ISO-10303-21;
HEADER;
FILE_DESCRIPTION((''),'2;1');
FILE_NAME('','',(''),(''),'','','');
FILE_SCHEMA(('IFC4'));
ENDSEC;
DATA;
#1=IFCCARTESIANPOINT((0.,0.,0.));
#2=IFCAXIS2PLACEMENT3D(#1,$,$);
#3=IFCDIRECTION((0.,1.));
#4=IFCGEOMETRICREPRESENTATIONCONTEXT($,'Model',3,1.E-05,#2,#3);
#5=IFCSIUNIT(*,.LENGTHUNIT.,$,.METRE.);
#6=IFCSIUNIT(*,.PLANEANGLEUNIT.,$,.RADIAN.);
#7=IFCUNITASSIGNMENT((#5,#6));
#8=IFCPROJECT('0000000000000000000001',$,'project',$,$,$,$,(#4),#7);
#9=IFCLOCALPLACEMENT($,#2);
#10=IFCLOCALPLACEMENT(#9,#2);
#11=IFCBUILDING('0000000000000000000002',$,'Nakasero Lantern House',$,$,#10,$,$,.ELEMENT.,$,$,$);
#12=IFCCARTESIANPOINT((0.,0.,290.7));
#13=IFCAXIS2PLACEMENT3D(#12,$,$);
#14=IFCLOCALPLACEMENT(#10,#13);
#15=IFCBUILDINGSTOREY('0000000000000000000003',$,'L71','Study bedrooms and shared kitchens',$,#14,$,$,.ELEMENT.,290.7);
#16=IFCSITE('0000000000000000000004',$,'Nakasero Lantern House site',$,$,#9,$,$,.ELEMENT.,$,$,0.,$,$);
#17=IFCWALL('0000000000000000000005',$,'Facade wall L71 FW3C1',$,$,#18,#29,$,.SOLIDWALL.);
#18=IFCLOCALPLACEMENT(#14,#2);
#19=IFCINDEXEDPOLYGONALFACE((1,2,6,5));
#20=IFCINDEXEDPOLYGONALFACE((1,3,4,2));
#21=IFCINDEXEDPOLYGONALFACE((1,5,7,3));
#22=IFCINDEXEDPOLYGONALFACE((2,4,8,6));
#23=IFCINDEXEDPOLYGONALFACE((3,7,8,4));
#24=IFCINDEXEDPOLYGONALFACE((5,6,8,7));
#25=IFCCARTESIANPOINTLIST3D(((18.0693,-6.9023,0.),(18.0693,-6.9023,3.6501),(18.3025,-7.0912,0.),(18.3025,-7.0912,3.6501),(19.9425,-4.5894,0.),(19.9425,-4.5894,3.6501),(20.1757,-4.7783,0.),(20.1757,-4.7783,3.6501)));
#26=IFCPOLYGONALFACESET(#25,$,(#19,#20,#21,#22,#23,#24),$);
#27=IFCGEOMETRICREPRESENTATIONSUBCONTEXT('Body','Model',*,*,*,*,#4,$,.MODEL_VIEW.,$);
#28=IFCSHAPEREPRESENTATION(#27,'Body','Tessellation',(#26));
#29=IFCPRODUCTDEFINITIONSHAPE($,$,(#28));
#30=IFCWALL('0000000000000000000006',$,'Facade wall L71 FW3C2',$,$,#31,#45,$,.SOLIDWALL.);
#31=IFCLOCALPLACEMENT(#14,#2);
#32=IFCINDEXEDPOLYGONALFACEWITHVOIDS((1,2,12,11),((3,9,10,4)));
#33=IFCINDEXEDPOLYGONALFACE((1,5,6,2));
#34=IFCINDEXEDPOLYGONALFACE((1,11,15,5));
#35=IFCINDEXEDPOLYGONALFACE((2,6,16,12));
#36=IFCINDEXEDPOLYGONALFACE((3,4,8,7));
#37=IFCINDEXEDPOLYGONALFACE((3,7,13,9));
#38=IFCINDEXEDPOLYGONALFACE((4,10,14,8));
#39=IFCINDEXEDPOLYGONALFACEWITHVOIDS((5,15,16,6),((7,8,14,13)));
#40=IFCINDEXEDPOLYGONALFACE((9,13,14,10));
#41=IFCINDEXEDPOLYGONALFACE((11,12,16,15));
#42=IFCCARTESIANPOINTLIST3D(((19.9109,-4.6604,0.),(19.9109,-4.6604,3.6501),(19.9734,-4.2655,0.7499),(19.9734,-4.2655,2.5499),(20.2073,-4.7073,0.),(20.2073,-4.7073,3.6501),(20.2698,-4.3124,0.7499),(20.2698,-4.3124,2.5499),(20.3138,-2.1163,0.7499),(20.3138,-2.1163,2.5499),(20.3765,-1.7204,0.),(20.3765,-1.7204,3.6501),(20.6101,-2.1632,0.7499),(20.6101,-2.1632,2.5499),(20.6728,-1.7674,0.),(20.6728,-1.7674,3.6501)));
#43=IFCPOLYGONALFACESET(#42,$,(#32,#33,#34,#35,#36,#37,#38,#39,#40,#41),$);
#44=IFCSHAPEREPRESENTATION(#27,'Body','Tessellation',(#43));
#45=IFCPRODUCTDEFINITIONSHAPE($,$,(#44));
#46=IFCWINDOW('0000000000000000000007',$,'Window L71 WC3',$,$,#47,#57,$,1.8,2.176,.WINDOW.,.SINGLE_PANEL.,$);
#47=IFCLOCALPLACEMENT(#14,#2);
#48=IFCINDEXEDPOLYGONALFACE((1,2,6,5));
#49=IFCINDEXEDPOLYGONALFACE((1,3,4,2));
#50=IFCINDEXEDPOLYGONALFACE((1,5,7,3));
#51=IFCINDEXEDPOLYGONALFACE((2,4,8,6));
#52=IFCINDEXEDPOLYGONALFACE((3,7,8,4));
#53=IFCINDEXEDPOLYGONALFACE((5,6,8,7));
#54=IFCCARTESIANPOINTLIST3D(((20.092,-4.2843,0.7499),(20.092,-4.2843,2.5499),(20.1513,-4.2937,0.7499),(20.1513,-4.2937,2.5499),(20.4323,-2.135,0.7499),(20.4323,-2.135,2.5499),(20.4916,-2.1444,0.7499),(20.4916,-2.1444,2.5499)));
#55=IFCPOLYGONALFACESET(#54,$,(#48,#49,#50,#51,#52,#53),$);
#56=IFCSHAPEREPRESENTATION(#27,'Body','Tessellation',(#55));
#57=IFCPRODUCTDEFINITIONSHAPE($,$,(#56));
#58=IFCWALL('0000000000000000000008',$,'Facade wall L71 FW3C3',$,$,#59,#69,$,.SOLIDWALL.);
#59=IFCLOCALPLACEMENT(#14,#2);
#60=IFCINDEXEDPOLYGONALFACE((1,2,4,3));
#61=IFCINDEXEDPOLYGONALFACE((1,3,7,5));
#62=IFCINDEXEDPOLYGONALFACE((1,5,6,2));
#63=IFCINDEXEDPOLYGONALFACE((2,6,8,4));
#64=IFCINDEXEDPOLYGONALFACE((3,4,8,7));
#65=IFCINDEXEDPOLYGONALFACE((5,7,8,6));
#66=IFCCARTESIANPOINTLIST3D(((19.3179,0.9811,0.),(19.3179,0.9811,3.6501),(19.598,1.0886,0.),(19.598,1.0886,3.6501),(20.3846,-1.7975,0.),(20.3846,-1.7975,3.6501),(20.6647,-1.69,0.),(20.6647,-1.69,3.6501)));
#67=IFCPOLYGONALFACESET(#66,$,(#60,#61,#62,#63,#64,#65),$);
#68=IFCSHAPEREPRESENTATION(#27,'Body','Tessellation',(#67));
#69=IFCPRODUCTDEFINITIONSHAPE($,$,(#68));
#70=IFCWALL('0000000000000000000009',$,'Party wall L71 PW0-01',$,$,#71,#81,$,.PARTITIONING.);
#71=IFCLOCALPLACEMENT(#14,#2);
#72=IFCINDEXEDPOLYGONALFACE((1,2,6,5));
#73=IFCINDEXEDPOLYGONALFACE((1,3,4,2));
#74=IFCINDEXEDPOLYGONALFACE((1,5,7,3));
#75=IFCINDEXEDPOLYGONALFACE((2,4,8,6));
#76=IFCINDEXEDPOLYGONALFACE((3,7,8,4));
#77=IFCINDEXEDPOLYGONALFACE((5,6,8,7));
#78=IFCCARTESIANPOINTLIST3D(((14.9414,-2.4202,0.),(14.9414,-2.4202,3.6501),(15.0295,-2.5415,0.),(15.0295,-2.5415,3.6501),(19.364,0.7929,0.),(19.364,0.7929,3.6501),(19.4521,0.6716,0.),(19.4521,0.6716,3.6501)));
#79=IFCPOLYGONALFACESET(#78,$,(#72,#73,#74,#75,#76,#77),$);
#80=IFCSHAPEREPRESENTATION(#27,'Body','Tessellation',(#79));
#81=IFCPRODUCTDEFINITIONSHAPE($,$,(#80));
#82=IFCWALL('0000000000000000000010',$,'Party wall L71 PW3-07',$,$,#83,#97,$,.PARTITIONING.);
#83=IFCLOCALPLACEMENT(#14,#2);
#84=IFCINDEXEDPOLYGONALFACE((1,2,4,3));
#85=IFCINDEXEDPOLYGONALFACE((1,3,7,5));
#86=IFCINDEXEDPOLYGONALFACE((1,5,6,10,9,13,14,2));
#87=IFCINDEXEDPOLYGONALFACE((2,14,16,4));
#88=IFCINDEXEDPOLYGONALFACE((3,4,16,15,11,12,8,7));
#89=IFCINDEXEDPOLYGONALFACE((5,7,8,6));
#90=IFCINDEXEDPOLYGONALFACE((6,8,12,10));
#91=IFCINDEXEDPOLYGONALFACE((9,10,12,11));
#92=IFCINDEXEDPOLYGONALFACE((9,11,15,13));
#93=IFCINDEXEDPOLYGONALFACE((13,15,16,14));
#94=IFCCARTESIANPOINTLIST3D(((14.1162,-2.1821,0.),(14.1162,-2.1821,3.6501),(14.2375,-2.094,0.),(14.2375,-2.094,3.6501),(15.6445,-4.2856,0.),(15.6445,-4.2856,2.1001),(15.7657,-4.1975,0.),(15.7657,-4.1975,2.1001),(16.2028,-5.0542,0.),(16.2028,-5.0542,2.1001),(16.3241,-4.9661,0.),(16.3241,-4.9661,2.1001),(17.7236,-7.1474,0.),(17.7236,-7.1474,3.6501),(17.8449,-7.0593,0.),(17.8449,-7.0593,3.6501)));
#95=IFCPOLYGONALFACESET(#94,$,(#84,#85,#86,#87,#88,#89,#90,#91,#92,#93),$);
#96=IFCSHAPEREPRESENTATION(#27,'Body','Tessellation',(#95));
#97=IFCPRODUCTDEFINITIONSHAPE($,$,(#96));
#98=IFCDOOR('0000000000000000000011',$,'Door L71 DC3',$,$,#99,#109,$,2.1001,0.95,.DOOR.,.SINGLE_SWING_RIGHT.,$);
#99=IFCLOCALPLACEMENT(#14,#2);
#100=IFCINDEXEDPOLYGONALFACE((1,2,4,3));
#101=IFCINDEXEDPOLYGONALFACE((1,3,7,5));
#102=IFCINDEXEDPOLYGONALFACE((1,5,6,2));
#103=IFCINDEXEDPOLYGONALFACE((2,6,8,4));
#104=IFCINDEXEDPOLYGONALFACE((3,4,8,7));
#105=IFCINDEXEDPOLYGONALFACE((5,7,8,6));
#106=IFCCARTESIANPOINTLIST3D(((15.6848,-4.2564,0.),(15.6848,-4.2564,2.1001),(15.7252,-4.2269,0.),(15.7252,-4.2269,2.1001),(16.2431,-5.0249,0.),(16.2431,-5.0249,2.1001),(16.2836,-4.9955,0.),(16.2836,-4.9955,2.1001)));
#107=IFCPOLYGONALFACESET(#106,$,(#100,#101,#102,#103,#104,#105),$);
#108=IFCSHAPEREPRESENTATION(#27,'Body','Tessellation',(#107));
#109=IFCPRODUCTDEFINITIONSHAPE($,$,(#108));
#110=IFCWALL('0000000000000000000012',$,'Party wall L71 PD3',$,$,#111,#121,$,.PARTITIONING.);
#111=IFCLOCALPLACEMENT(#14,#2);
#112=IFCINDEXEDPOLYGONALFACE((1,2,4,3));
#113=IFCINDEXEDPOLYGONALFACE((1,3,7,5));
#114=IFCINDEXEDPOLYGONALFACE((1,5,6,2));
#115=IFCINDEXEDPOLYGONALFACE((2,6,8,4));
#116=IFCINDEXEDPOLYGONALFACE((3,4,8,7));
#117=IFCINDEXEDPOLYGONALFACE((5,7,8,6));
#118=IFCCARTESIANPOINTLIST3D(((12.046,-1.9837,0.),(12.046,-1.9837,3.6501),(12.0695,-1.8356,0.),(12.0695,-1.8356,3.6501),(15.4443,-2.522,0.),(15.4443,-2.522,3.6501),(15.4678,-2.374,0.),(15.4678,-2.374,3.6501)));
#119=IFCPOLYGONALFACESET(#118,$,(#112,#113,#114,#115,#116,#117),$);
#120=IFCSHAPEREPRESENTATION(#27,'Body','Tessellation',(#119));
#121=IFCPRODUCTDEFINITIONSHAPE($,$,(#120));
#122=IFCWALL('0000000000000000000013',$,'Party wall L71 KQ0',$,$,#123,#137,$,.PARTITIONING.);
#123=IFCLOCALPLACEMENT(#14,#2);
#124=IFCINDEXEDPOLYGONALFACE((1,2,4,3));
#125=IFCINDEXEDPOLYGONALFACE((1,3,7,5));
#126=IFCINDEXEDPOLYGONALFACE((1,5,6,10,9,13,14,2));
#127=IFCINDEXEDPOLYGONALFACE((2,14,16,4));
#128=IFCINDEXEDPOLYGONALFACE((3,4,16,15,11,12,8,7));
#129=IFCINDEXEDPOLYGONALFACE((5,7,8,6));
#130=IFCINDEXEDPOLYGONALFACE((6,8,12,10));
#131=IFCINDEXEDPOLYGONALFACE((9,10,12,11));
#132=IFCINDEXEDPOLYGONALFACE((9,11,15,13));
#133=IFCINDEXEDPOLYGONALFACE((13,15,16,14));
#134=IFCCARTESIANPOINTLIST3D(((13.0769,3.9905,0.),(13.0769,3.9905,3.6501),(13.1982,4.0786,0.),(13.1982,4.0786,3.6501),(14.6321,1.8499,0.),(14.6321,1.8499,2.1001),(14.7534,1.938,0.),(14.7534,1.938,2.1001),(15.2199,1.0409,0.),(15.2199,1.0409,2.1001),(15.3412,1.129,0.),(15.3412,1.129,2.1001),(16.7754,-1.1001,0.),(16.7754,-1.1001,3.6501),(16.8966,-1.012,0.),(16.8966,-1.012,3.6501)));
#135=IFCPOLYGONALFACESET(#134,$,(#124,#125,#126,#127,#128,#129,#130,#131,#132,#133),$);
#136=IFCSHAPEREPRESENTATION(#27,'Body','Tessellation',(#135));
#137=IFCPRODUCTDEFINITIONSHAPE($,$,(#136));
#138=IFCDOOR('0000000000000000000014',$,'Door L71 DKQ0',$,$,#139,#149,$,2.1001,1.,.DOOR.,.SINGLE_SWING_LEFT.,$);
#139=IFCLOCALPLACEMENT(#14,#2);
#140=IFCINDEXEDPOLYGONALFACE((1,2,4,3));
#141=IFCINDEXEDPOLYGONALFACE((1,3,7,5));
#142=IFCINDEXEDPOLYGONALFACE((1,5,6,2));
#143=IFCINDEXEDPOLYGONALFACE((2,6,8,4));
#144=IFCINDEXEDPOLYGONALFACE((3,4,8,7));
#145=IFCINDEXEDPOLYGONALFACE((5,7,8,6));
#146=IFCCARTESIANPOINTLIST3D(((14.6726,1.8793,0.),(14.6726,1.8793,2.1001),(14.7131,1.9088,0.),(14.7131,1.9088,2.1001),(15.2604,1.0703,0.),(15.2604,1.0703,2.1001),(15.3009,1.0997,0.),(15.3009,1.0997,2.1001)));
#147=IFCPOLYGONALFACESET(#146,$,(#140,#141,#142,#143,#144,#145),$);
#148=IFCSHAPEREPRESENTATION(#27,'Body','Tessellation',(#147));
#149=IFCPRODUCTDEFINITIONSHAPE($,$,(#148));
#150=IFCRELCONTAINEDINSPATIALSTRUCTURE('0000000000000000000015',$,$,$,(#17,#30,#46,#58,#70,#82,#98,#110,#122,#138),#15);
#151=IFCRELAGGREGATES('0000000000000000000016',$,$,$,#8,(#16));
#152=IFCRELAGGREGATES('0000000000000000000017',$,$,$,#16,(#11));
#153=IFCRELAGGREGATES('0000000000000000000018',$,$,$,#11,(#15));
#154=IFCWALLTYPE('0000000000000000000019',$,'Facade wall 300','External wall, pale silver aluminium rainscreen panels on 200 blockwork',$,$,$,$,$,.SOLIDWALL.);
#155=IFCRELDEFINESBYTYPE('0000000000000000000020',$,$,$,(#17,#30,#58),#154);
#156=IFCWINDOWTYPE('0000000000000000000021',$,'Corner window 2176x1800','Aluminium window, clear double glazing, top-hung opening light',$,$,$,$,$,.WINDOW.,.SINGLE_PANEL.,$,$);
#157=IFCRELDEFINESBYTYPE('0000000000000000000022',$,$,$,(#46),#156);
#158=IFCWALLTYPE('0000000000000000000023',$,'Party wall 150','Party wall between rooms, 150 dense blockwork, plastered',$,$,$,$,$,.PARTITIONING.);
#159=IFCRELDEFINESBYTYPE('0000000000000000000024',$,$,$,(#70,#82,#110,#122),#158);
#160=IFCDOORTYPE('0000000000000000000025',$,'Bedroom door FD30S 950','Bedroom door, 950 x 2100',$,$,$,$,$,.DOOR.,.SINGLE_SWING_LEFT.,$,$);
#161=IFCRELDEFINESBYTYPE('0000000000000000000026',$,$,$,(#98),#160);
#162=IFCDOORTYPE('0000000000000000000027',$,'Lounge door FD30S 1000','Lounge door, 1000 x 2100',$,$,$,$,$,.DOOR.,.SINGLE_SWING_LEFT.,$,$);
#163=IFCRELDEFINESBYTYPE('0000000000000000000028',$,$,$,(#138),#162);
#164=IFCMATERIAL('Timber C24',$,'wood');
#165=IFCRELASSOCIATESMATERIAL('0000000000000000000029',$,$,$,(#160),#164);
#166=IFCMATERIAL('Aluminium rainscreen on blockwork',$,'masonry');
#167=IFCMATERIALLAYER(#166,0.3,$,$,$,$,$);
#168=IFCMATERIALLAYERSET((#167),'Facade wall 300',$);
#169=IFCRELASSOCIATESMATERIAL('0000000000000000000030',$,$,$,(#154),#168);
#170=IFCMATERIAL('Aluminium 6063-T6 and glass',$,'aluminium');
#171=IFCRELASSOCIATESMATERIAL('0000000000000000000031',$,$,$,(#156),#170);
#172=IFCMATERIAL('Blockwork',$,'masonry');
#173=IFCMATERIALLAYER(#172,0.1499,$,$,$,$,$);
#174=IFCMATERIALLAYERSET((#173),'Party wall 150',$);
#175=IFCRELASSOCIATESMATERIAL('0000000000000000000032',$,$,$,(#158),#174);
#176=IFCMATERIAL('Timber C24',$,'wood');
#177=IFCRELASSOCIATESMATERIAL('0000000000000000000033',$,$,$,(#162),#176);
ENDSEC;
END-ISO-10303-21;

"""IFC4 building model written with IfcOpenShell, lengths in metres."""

from ifc_helpers import new_model, si_unit, direction, frame, frame_2d, origin, place, context, subcontext, project, spatial, rectangle, extrude, material, layer, layer_set, type_object, element, fill, save


model = new_model("IFC4")

# Units and contexts
model_context = context("Model", 3, precision=1e-05, world=origin(), true_north=direction((0.0, 1.0)))
body_context = subcontext(model_context, "Body", "Model", "MODEL_VIEW")
ifc_project = project(units=[si_unit("LENGTHUNIT", "METRE"), si_unit("PLANEANGLEUNIT", "RADIAN")], contexts=[model_context])

# Site, building, storey
site_placement = place(None, origin())
site = spatial("IfcSite", under=ifc_project, at=site_placement, Name="Nakasero Lantern House site", CompositionType="ELEMENT", RefElevation=0.0)
building_placement = place(site_placement, origin())
building = spatial("IfcBuilding", under=site, at=building_placement, Name="Nakasero Lantern House", CompositionType="ELEMENT")
storey_placement = place(building_placement, frame((0.0, 0.0, 290.7)))
storey = spatial("IfcBuildingStorey", under=building, at=storey_placement, Name="L71", Description="Study bedrooms and shared kitchens", CompositionType="ELEMENT", Elevation=290.7)

# Shared definitions
ifc_material_1 = material(Name="Timber C24", Category="wood")
door_type_1 = type_object("IfcDoorType", Name="Bedroom door FD30S 950", Description="Bedroom door, 950 x 2100", OperationType="SINGLE_SWING_LEFT", PredefinedType="DOOR", material=ifc_material_1)

# Wall
ifc_material_2 = material(Name="Aluminium rainscreen on blockwork", Category="masonry")
ifc_layer_1 = layer(ifc_material_2, 0.3)
ifc_layer_set_1 = layer_set([ifc_layer_1], Name="Facade wall 300")
wall_type_1 = type_object("IfcWallType", Name="Facade wall 300", Description="External wall, pale silver aluminium rainscreen panels on 200 blockwork", PredefinedType="SOLIDWALL", material=ifc_layer_set_1)
wall_1_placement = place(storey_placement, frame((18.1858, -6.9968, 0.0), z_axis=(0.0, 0.0, 1.0), x_axis=(0.629375, 0.777102, 0.0)))
element("IfcWall", 1, at=wall_1_placement, inside=storey, type_object=wall_type_1, Name="Facade wall L71 FW3C1", PredefinedType="SOLIDWALL", context=body_context, shape_type="SweptSolid", body=[
    extrude(rectangle(XDim=2.9763, YDim=0.3, at=frame_2d((1.4883, 0.0))), origin(), (0.0, 0.0, 1.0), 3.6501),
])

# Wall, opening, window
wall_2_placement = place(storey_placement, frame((20.0591, -4.6838, 0.0), z_axis=(0.0, 0.0, 1.0), x_axis=(0.156413, 0.987692, 0.0)))
wall_2 = element("IfcWall", 2, at=wall_2_placement, inside=storey, type_object=wall_type_1, Name="Facade wall L71 FW3C2", PredefinedType="SOLIDWALL", context=body_context, shape_type="SweptSolid", body=[
    extrude(rectangle(XDim=2.9766, YDim=0.3, at=frame_2d((1.4883, 0.0))), origin(), (0.0, 0.0, 1.0), 3.6501),
])
opening_1_placement = place(wall_2_placement, frame((0.3999, 0.0, 0.75)))
opening_1 = element("IfcOpeningElement", 3, at=opening_1_placement, cuts=wall_2, PredefinedType="OPENING", context=body_context, shape_type="SweptSolid", body=[
    extrude(rectangle(XDim=2.176, YDim=1.8, at=frame_2d((1.0879, 0.8999))), frame((0.0, 0.1699, 0.0), z_axis=(0.0, -1.0, 0.0), x_axis=(1.0, 0.0, 0.0)), (0.0, 0.0, 1.0), 0.3401),
])
ifc_material_3 = material(Name="Aluminium 6063-T6 and glass", Category="aluminium")
window_type = type_object("IfcWindowType", Name="Corner window 2176x1800", Description="Aluminium window, clear double glazing, top-hung opening light", PartitioningType="SINGLE_PANEL", PredefinedType="WINDOW", material=ifc_material_3)
window_placement = place(opening_1_placement, origin())
window = element("IfcWindow", 4, at=window_placement, inside=storey, type_object=window_type, Name="Window L71 WC3", OverallHeight=1.8, OverallWidth=2.176, PartitioningType="SINGLE_PANEL", PredefinedType="WINDOW", context=body_context, shape_type="SweptSolid", body=[
    extrude(rectangle(XDim=2.176, YDim=1.8, at=frame_2d((1.0879, 0.8999))), frame((0.0, 0.03, 0.0), z_axis=(0.0, -1.0, 0.0), x_axis=(1.0, 0.0, 0.0)), (0.0, 0.0, 1.0), 0.0601),
])
fill(opening_1, window)

# Walls
wall_3_placement = place(storey_placement, frame((20.5247, -1.7439, 0.0), z_axis=(0.0, 0.0, 1.0), x_axis=(-0.358385, 0.933574, 0.0)))
element("IfcWall", 5, at=wall_3_placement, inside=storey, type_object=wall_type_1, Name="Facade wall L71 FW3C3", PredefinedType="SOLIDWALL", context=body_context, shape_type="SweptSolid", body=[
    extrude(rectangle(XDim=2.9763, YDim=0.3, at=frame_2d((1.4883, 0.0))), origin(), (0.0, 0.0, 1.0), 3.6501),
])
ifc_material_4 = material(Name="Blockwork", Category="masonry")
ifc_layer_2 = layer(ifc_material_4, 0.1499)
ifc_layer_set_2 = layer_set([ifc_layer_2], Name="Party wall 150")
wall_type_2 = type_object("IfcWallType", Name="Party wall 150", Description="Party wall between rooms, 150 dense blockwork, plastered", PredefinedType="PARTITIONING", material=ifc_layer_set_2)
wall_4_placement = place(storey_placement, frame((14.9854, -2.481, 0.0), z_axis=(0.0, 0.0, 1.0), x_axis=(0.809024, 0.587776, 0.0)))
element("IfcWall", 6, at=wall_4_placement, inside=storey, type_object=wall_type_2, Name="Party wall L71 PW0-01", PredefinedType="PARTITIONING", context=body_context, shape_type="SweptSolid", body=[
    extrude(rectangle(XDim=5.4666, YDim=0.1499, at=frame_2d((2.7334, 0.0))), origin(), (0.0, 0.0, 1.0), 3.6501),
])

# Wall, opening, door
wall_5_placement = place(storey_placement, frame((14.1768, -2.1379, 0.0), z_axis=(0.0, 0.0, 1.0), x_axis=(0.587774, -0.809025, 0.0)))
wall_5 = element("IfcWall", 7, at=wall_5_placement, inside=storey, type_object=wall_type_2, Name="Party wall L71 PW3-07", PredefinedType="PARTITIONING", context=body_context, shape_type="SweptSolid", body=[
    extrude(rectangle(XDim=6.1375, YDim=0.1499, at=frame_2d((3.0688, 0.0))), origin(), (0.0, 0.0, 1.0), 3.6501),
])
opening_2_placement = place(wall_5_placement, frame((2.6001, 0.0, 0.0)))
opening_2 = element("IfcOpeningElement", 8, at=opening_2_placement, cuts=wall_5, PredefinedType="OPENING", context=body_context, shape_type="SweptSolid", body=[
    extrude(rectangle(XDim=0.95, YDim=2.1001, at=frame_2d((0.4751, 1.05))), frame((0.0, 0.095, 0.0), z_axis=(0.0, -1.0, 0.0), x_axis=(1.0, 0.0, 0.0)), (0.0, 0.0, 1.0), 0.1899),
])
door_1_placement = place(opening_2_placement, origin())
door_1 = element("IfcDoor", 9, at=door_1_placement, inside=storey, type_object=door_type_1, Name="Door L71 DC3", OperationType="SINGLE_SWING_RIGHT", OverallHeight=2.1001, OverallWidth=0.95, PredefinedType="DOOR", context=body_context, shape_type="SweptSolid", body=[
    extrude(rectangle(XDim=0.95, YDim=2.1001, at=frame_2d((0.4751, 1.05))), frame((0.0, 0.0249, 0.0), z_axis=(0.0, -1.0, 0.0), x_axis=(1.0, 0.0, 0.0)), (0.0, 0.0, 1.0), 0.05),
])
fill(opening_2, door_1)

# Wall
wall_6_placement = place(storey_placement, frame((12.0579, -1.9097, 0.0), z_axis=(0.0, 0.0, 1.0), x_axis=(0.987683, -0.156465, 0.0)))
element("IfcWall", 10, at=wall_6_placement, inside=storey, type_object=wall_type_2, Name="Party wall L71 PD3", PredefinedType="PARTITIONING", context=body_context, shape_type="SweptSolid", body=[
    extrude(rectangle(XDim=3.4407, YDim=0.1499, at=frame_2d((1.7202, 0.0))), origin(), (0.0, 0.0, 1.0), 3.6501),
])

# Wall, opening, door
wall_7_placement = place(storey_placement, frame((16.8359, -1.0559, 0.0), z_axis=(0.0, 0.0, 1.0), x_axis=(-0.587782, 0.80902, 0.0)))
wall_7 = element("IfcWall", 11, at=wall_7_placement, inside=storey, type_object=wall_type_2, Name="Party wall L71 KQ0", PredefinedType="PARTITIONING", context=body_context, shape_type="SweptSolid", body=[
    extrude(rectangle(XDim=6.2922, YDim=0.1499, at=frame_2d((3.146, 0.0))), origin(), (0.0, 0.0, 1.0), 3.6501),
])
opening_3_placement = place(wall_7_placement, frame((2.6462, 0.0, 0.0)))
opening_3 = element("IfcOpeningElement", 12, at=opening_3_placement, cuts=wall_7, PredefinedType="OPENING", context=body_context, shape_type="SweptSolid", body=[
    extrude(rectangle(XDim=1.0, YDim=2.1001, at=frame_2d((0.5, 1.05))), frame((0.0, 0.095, 0.0), z_axis=(0.0, -1.0, 0.0), x_axis=(1.0, 0.0, 0.0)), (0.0, 0.0, 1.0), 0.1899),
])
ifc_material_5 = material(Name="Timber C24", Category="wood")
door_type_2 = type_object("IfcDoorType", Name="Lounge door FD30S 1000", Description="Lounge door, 1000 x 2100", OperationType="SINGLE_SWING_LEFT", PredefinedType="DOOR", material=ifc_material_5)
door_2_placement = place(opening_3_placement, origin())
door_2 = element("IfcDoor", 13, at=door_2_placement, inside=storey, type_object=door_type_2, Name="Door L71 DKQ0", OperationType="SINGLE_SWING_LEFT", OverallHeight=2.1001, OverallWidth=1.0, PredefinedType="DOOR", context=body_context, shape_type="SweptSolid", body=[
    extrude(rectangle(XDim=1.0, YDim=2.1001, at=frame_2d((0.5, 1.05))), frame((0.0, 0.0249, 0.0), z_axis=(0.0, -1.0, 0.0), x_axis=(1.0, 0.0, 0.0)), (0.0, 0.0, 1.0), 0.05),
])
fill(opening_3, door_2)

save(model, "model.ifc")
